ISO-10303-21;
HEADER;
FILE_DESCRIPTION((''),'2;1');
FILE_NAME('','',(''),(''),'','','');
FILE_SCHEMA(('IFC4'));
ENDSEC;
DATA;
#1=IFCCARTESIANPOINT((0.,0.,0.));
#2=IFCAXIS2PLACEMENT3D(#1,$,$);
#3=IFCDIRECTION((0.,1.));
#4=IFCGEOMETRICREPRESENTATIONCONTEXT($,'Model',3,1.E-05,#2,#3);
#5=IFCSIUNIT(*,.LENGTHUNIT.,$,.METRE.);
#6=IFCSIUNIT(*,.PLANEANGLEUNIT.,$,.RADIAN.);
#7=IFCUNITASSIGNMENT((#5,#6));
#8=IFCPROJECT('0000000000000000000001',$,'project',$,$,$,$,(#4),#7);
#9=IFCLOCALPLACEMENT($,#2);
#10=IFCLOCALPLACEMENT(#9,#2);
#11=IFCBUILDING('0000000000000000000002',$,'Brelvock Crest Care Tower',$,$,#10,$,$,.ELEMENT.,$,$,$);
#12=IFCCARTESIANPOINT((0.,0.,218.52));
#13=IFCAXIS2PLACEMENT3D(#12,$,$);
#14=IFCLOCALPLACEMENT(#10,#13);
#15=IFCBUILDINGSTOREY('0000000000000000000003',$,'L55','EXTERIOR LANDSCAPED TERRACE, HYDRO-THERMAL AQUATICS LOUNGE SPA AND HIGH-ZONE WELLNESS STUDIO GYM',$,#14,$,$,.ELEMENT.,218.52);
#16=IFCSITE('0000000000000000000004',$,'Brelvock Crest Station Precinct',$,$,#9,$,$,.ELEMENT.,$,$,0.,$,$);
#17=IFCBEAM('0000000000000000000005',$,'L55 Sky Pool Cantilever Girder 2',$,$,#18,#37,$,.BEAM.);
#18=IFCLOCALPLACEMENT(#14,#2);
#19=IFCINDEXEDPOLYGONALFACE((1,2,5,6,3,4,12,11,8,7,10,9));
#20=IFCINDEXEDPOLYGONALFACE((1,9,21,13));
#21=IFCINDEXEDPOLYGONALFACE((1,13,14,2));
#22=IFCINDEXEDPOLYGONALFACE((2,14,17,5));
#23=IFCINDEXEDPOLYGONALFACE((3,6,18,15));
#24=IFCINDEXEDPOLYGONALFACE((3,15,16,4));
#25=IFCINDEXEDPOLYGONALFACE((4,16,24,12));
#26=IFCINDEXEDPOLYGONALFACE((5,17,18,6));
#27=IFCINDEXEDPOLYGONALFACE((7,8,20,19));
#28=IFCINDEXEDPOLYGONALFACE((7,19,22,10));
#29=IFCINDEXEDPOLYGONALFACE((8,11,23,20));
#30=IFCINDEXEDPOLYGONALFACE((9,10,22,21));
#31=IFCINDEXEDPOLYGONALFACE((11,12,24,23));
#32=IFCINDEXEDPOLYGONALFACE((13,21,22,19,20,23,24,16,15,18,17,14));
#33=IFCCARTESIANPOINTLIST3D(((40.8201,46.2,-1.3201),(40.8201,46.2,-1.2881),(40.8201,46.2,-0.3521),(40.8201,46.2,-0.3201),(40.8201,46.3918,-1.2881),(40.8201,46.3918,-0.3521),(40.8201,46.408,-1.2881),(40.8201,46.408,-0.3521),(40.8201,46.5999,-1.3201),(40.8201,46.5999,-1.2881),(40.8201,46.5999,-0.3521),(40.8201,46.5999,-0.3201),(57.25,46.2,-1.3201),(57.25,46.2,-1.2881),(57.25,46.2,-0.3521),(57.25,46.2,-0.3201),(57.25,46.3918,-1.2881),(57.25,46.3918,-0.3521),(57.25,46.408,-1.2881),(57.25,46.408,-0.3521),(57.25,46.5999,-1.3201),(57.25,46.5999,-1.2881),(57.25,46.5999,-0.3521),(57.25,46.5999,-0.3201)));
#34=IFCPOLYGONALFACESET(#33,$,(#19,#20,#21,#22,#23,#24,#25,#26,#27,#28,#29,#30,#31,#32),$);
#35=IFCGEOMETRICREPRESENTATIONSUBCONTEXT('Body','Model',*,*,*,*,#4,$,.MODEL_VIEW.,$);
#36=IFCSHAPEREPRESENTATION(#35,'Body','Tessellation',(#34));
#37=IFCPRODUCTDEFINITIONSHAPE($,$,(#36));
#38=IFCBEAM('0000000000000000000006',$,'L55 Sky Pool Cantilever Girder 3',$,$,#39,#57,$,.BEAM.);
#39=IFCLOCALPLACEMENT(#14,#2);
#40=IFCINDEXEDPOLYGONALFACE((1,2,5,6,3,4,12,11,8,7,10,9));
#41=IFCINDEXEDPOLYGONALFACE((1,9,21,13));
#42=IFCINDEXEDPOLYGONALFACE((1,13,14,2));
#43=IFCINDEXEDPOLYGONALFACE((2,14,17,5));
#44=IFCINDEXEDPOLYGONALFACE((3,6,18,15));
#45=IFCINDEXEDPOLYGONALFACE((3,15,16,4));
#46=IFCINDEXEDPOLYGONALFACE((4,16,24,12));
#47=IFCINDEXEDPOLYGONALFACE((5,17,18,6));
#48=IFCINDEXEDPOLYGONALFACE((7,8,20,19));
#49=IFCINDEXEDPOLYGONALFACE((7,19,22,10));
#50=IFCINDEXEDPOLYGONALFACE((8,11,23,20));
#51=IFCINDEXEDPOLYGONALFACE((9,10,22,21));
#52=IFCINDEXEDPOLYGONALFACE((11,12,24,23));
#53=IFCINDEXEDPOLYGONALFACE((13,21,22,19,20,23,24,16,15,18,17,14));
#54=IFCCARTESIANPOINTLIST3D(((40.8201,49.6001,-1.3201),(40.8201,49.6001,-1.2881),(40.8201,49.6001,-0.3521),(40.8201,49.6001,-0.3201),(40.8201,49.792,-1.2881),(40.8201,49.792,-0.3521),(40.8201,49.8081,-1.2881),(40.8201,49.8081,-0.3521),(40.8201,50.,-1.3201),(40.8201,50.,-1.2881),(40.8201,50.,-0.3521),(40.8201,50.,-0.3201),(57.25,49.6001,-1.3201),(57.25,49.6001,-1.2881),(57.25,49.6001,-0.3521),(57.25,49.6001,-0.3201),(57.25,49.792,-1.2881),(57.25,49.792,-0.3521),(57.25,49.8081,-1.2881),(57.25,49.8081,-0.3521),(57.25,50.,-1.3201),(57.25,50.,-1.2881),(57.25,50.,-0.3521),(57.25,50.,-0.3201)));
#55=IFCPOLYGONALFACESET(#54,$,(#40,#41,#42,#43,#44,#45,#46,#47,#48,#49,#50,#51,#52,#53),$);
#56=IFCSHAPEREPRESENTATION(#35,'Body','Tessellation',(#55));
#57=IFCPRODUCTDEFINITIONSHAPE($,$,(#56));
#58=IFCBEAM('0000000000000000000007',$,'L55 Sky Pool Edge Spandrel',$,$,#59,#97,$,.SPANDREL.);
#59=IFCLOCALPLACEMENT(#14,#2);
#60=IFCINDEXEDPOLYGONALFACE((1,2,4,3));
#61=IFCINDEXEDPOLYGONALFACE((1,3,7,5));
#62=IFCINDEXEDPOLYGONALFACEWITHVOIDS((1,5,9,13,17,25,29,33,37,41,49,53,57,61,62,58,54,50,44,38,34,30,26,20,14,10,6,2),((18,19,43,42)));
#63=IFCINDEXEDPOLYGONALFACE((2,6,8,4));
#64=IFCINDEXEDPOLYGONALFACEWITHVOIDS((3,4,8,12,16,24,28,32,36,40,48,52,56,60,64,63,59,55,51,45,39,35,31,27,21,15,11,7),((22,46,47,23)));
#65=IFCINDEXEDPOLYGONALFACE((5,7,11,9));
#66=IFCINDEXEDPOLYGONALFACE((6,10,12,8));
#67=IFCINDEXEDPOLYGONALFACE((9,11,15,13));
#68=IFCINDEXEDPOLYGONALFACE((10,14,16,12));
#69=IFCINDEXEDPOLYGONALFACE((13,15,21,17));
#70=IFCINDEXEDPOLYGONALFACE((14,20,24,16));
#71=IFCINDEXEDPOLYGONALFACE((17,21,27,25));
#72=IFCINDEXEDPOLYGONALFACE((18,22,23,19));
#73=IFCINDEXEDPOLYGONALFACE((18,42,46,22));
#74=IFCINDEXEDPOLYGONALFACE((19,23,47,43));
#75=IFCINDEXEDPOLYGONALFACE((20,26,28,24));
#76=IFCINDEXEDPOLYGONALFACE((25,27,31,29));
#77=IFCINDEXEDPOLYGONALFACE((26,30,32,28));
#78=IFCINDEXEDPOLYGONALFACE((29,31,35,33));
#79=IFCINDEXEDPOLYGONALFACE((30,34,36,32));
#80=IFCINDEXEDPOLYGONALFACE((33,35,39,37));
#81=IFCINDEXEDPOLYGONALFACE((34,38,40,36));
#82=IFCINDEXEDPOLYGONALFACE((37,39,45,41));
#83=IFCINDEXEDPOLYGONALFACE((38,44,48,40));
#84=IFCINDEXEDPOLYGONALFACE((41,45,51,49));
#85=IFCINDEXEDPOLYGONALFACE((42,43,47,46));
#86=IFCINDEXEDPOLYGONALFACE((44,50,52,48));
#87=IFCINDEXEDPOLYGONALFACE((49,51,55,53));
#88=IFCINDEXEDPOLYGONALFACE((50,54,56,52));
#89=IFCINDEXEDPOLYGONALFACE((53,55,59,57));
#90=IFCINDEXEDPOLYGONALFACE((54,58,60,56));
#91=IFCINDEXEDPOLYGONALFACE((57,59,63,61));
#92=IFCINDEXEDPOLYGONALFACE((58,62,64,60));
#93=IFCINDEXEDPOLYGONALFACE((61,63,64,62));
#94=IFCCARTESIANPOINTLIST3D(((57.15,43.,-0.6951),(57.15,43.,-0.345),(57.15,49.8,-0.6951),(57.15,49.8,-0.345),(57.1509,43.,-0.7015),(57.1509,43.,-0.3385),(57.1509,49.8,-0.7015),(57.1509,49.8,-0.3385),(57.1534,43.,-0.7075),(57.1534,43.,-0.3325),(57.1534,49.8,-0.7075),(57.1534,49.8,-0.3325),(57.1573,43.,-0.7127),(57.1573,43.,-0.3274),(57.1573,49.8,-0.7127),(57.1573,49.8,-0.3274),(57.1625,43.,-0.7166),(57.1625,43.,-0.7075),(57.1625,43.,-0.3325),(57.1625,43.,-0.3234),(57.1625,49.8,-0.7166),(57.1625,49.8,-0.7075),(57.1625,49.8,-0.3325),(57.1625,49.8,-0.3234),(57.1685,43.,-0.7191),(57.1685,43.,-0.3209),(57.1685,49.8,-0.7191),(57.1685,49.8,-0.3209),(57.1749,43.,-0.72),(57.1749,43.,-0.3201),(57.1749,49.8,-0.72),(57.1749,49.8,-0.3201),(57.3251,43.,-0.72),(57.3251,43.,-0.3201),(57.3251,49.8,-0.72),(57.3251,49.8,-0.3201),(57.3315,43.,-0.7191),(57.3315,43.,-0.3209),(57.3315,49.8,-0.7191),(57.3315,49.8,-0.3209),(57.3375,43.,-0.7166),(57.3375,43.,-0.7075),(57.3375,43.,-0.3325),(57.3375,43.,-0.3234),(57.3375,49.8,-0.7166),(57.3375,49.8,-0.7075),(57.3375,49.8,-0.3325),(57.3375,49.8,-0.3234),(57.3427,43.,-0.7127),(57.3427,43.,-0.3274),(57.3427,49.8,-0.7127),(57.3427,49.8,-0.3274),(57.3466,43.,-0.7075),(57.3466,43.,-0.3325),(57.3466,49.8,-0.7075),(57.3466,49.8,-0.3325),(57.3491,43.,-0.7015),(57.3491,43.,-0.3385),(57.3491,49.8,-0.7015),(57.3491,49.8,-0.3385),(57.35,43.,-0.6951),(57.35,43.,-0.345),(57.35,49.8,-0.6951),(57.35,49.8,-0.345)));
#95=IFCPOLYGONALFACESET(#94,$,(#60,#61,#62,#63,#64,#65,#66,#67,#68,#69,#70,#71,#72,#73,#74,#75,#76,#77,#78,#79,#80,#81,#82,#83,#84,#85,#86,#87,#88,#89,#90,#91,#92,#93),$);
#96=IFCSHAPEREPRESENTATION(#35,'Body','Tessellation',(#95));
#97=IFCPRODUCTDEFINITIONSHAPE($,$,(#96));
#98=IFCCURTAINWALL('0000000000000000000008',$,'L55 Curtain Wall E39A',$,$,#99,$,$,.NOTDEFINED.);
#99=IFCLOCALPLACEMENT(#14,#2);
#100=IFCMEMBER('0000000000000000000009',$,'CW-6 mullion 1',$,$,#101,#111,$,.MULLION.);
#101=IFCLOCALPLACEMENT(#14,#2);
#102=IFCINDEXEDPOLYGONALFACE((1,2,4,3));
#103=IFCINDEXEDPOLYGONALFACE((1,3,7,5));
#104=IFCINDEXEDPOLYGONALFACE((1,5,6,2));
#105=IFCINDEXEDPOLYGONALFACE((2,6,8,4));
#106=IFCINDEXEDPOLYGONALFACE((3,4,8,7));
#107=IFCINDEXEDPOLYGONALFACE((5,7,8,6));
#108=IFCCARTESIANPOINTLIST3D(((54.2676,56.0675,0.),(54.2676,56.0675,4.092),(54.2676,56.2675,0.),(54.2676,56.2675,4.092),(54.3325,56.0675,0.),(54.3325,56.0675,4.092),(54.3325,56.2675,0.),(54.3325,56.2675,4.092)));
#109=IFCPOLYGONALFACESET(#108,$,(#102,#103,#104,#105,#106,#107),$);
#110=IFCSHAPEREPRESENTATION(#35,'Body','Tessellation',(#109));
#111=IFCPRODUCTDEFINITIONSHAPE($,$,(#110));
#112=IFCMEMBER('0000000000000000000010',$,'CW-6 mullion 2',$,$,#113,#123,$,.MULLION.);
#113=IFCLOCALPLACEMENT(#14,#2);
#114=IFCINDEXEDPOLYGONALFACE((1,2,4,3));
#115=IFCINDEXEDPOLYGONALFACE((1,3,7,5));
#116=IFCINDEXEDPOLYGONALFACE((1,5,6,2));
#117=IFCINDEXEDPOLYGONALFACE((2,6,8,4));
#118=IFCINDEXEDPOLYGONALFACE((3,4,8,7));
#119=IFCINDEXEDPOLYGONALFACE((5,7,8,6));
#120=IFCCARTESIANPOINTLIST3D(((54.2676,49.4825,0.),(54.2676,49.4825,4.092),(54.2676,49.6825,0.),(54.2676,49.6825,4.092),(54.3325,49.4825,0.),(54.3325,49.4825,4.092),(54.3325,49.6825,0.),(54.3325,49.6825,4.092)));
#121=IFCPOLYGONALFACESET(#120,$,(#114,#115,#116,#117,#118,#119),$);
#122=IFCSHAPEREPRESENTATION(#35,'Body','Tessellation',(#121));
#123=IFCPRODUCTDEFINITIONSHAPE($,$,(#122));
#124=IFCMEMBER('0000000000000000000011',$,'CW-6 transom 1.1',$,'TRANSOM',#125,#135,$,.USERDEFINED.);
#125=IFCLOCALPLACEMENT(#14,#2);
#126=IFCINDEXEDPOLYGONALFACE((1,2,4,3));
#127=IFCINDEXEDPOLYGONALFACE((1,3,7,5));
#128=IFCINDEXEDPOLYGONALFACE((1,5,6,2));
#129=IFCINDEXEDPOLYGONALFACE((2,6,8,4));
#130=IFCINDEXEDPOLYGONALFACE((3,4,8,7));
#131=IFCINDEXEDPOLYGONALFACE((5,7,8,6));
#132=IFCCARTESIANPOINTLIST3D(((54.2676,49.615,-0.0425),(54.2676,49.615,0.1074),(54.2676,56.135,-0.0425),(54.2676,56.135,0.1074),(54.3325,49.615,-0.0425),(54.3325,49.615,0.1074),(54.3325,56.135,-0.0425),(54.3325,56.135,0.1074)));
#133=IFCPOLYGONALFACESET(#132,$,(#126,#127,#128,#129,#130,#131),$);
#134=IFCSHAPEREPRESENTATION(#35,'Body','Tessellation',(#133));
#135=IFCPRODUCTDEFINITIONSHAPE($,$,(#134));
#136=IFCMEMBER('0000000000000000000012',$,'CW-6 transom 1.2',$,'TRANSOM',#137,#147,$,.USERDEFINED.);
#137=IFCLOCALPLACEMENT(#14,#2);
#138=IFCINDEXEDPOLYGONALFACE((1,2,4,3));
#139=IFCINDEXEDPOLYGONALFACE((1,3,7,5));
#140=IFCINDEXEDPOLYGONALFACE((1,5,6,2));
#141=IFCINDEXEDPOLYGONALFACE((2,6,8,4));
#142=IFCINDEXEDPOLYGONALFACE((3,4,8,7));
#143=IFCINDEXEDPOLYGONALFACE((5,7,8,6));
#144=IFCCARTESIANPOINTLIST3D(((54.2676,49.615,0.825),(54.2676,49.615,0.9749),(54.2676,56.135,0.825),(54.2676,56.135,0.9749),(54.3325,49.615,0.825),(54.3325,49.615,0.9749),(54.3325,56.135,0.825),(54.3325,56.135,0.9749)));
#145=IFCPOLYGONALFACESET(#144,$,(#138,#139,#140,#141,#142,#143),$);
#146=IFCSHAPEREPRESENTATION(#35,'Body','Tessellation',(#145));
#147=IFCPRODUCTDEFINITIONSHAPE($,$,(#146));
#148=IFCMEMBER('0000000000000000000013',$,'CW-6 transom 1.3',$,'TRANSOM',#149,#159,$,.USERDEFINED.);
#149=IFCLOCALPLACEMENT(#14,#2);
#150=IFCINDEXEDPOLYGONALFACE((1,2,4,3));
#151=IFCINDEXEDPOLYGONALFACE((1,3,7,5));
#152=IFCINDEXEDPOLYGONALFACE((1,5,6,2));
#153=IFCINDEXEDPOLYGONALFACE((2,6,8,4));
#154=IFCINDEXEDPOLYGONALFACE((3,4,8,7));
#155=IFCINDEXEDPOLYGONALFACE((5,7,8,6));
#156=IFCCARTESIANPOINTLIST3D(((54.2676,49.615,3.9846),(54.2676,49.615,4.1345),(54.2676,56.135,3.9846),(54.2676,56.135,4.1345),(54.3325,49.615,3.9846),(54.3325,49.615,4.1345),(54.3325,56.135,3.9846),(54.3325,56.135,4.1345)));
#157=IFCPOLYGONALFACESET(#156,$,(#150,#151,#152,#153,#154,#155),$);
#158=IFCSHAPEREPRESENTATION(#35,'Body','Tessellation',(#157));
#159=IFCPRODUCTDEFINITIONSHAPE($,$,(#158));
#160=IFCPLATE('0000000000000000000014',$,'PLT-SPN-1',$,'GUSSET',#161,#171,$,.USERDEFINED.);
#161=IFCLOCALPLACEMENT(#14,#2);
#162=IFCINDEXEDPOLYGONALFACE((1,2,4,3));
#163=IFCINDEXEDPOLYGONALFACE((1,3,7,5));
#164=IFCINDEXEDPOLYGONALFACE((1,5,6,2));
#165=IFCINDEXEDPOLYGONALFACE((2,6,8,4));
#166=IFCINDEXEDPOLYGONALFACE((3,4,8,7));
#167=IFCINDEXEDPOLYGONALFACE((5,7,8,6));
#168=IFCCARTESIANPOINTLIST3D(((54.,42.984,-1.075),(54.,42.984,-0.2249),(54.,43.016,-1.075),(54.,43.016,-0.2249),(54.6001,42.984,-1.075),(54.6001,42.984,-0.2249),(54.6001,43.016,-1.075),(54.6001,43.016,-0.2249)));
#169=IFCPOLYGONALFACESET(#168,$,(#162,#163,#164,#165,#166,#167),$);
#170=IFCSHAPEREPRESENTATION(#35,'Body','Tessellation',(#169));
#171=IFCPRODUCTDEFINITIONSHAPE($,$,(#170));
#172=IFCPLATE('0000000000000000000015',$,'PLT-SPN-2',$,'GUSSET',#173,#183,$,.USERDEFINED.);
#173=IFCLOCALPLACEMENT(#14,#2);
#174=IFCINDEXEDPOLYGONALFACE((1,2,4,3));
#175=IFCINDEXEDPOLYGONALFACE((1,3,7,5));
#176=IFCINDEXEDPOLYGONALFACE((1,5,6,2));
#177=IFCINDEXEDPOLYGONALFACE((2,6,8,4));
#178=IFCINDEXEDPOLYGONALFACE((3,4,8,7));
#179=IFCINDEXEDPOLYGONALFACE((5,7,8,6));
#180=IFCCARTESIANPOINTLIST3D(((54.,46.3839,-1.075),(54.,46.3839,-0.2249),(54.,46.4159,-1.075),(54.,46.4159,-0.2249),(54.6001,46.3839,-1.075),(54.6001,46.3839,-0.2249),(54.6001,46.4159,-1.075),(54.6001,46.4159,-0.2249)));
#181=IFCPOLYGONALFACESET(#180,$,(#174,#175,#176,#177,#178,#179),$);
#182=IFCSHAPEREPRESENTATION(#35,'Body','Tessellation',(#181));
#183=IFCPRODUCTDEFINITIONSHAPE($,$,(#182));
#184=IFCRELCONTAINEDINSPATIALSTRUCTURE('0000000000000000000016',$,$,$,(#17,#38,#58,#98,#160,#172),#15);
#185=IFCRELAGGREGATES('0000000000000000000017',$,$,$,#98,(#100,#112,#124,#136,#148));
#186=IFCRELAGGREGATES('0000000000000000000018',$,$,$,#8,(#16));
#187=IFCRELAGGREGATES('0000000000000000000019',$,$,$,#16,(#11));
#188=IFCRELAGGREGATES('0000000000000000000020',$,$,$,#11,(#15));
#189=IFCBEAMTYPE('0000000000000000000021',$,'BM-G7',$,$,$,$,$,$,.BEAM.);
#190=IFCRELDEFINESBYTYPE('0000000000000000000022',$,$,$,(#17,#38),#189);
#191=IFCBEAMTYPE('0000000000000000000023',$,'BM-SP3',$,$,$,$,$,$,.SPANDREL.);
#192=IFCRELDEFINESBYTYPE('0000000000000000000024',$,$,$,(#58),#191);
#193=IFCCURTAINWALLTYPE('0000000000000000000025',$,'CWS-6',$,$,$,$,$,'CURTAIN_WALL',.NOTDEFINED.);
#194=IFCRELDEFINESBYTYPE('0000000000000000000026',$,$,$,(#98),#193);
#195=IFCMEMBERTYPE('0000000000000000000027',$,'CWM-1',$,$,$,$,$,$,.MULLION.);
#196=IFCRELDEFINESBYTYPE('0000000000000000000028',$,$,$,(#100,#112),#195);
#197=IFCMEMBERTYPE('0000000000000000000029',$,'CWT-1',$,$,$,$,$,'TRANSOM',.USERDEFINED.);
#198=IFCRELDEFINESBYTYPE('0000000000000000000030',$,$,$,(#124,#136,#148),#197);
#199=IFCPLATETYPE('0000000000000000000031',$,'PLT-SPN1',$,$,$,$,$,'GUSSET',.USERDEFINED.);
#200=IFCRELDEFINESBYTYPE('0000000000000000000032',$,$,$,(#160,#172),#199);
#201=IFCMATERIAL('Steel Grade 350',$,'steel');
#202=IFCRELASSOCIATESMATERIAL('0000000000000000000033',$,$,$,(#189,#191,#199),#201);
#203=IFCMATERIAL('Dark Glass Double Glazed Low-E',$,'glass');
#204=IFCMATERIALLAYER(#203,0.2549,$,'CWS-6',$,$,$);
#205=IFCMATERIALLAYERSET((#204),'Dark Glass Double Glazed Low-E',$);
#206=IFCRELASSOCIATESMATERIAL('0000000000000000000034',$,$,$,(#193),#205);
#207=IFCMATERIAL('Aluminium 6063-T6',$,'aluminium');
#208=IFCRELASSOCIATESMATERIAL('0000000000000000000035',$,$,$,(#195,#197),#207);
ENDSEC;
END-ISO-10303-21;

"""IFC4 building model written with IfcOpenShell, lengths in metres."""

from ifc_helpers import new_model, si_unit, direction, frame, origin, origin_2d, place, context, subcontext, project, spatial, rectangle, hollow_rectangle, i_section, extrude, source, transform, mapped, material, layer, layer_set, material_profile, profile_set, type_object, element, aggregate, save


model = new_model("IFC4")

# Units and contexts
model_context = context("Model", 3, precision=1e-05, world=origin(), true_north=direction((0.0, 1.0)))
body_context = subcontext(model_context, "Body", "Model", "MODEL_VIEW")
ifc_project = project(units=[si_unit("LENGTHUNIT", "METRE"), si_unit("PLANEANGLEUNIT", "RADIAN")], contexts=[model_context])

# Site, building, storey
site_placement = place(None, origin())
site = spatial("IfcSite", under=ifc_project, at=site_placement, Name="Brelvock Crest Station Precinct", CompositionType="ELEMENT", RefElevation=0.0)
building_placement = place(site_placement, origin())
building = spatial("IfcBuilding", under=site, at=building_placement, Name="Brelvock Crest Care Tower", CompositionType="ELEMENT")
storey_placement = place(building_placement, frame((0.0, 0.0, 218.52)))
storey = spatial("IfcBuildingStorey", under=building, at=storey_placement, Name="L55", Description="EXTERIOR LANDSCAPED TERRACE, HYDRO-THERMAL AQUATICS LOUNGE SPA AND HIGH-ZONE WELLNESS STUDIO GYM", CompositionType="ELEMENT", Elevation=218.52)

# Shared definitions
ifc_material_1 = material(Name="Steel Grade 350", Category="steel")

# Beams
ifc_material_profile_1 = material_profile(ifc_material_1, i_section(OverallWidth=0.3999, OverallDepth=1.0, WebThickness=0.0161, FlangeThickness=0.032, at=origin_2d()), Name="1000WB322")
ifc_profile_set_1 = profile_set([ifc_material_profile_1], Name="Steel Grade 350")
beam_type_1 = type_object("IfcBeamType", Name="BM-G7", PredefinedType="BEAM", material=ifc_profile_set_1)
shared_shape_1 = source(origin(), body_context, "Body", "SweptSolid", [
    extrude(i_section(OverallWidth=0.3999, OverallDepth=1.0, WebThickness=0.0161, FlangeThickness=0.032, at=origin_2d()), origin(), (0.0, 0.0, 1.0), 16.4299),
])
for number, where, z_axis, x_axis, name in (
    (1, (40.8201, 46.3999, -0.8201), (1.0, 0.0, 0.0), (0.0, 1.0, 0.0), "L55 Sky Pool Cantilever Girder 2"),
    (2, (40.8201, 49.8, -0.8201), (1.0, 0.0, 0.0), (0.0, 1.0, 0.0), "L55 Sky Pool Cantilever Girder 3"),
):
    element("IfcBeam", number, at=place(storey_placement, frame(where, z_axis=z_axis, x_axis=x_axis)), inside=storey, type_object=beam_type_1, Name=name, PredefinedType="BEAM", context=body_context, shape_type="MappedRepresentation", body=[
        mapped(shared_shape_1, transform((0.0, 0.0, 0.0), x_axis=(1.0, 0.0, 0.0), y_axis=(0.0, 1.0, 0.0), z_axis=(0.0, 0.0, 1.0), scale=1.0)),
    ])
ifc_material_profile_2 = material_profile(ifc_material_1, hollow_rectangle(XDim=0.2, YDim=0.3999, WallThickness=0.0125, OuterFilletRadius=0.0249, at=origin_2d()), Name="RHS400x200x12.5")
ifc_profile_set_2 = profile_set([ifc_material_profile_2], Name="Steel Grade 350")
beam_type_2 = type_object("IfcBeamType", Name="BM-SP3", PredefinedType="SPANDREL", material=ifc_profile_set_2)
shared_shape_2 = source(origin(), body_context, "Body", "SweptSolid", [
    extrude(hollow_rectangle(XDim=0.2, YDim=0.3999, WallThickness=0.0125, OuterFilletRadius=0.0249, at=origin_2d()), origin(), (0.0, 0.0, 1.0), 6.8),
])
beam_1_placement = place(storey_placement, frame((57.25, 43.0, -0.52), z_axis=(0.0, 1.0, 0.0), x_axis=(-1.0, 0.0, 0.0)))
element("IfcBeam", 3, at=beam_1_placement, inside=storey, type_object=beam_type_2, Name="L55 Sky Pool Edge Spandrel", PredefinedType="SPANDREL", context=body_context, shape_type="MappedRepresentation", body=[
    mapped(shared_shape_2, transform((0.0, 0.0, 0.0), x_axis=(1.0, 0.0, 0.0), y_axis=(0.0, 1.0, 0.0), z_axis=(0.0, 0.0, 1.0), scale=1.0)),
])

# Curtain wall, members
ifc_material_2 = material(Name="Dark Glass Double Glazed Low-E", Category="glass")
ifc_layer_1 = layer(ifc_material_2, 0.2549, Name="CWS-6")
ifc_layer_set_1 = layer_set([ifc_layer_1], Name="Dark Glass Double Glazed Low-E")
curtain_wall_type = type_object("IfcCurtainWallType", Name="CWS-6", ElementType="CURTAIN_WALL", PredefinedType="NOTDEFINED", material=ifc_layer_set_1)
curtain_wall_placement = place(storey_placement, origin())
curtain_wall = element("IfcCurtainWall", 4, at=curtain_wall_placement, inside=storey, type_object=curtain_wall_type, Name="L55 Curtain Wall E39A", PredefinedType="NOTDEFINED")
ifc_material_3 = material(Name="Aluminium 6063-T6", Category="aluminium")
ifc_material_profile_3 = material_profile(ifc_material_3, rectangle(XDim=0.0649, YDim=0.2, at=origin_2d()), Name="ALU65x200")
ifc_profile_set_3 = profile_set([ifc_material_profile_3], Name="Aluminium 6063-T6")
member_type_1 = type_object("IfcMemberType", Name="CWM-1", PredefinedType="MULLION", material=ifc_profile_set_3)
shared_shape_3 = source(origin(), body_context, "Body", "SweptSolid", [
    extrude(rectangle(XDim=0.0649, YDim=0.2, at=origin_2d()), origin(), (0.0, 0.0, 1.0), 4.092),
])
member_1_placement = place(storey_placement, frame((54.3, 56.1675, 0.0), z_axis=(0.0, 0.0, 1.0), x_axis=(1.0, 0.0, 0.0)))
member_1 = element("IfcMember", 5, at=member_1_placement, type_object=member_type_1, Name="CW-6 mullion 1", PredefinedType="MULLION", context=body_context, shape_type="MappedRepresentation", body=[
    mapped(shared_shape_3, transform((0.0, 0.0, 0.0), x_axis=(1.0, 0.0, 0.0), y_axis=(0.0, 1.0, 0.0), z_axis=(0.0, 0.0, 1.0), scale=1.0)),
])
member_2_placement = place(storey_placement, frame((54.3, 49.5825, 0.0), z_axis=(0.0, 0.0, 1.0), x_axis=(1.0, 0.0, 0.0)))
member_2 = element("IfcMember", 6, at=member_2_placement, type_object=member_type_1, Name="CW-6 mullion 2", PredefinedType="MULLION", context=body_context, shape_type="MappedRepresentation", body=[
    mapped(shared_shape_3, transform((0.0, 0.0, 0.0), x_axis=(1.0, 0.0, 0.0), y_axis=(0.0, 1.0, 0.0), z_axis=(0.0, 0.0, 1.0), scale=1.0)),
])
ifc_material_profile_4 = material_profile(ifc_material_3, rectangle(XDim=0.0649, YDim=0.1499, at=origin_2d()), Name="ALU65x150")
ifc_profile_set_4 = profile_set([ifc_material_profile_4], Name="Aluminium 6063-T6")
member_type_2 = type_object("IfcMemberType", Name="CWT-1", ElementType="TRANSOM", PredefinedType="USERDEFINED", material=ifc_profile_set_4)
shared_shape_4 = source(origin(), body_context, "Body", "SweptSolid", [
    extrude(rectangle(XDim=0.0649, YDim=0.1499, at=origin_2d()), origin(), (0.0, 0.0, 1.0), 6.52),
])
member_3_placement = place(storey_placement, frame((54.3, 56.135, 0.0325), z_axis=(0.0, -1.0, 0.0), x_axis=(1.0, 0.0, 0.0)))
member_3 = element("IfcMember", 7, at=member_3_placement, type_object=member_type_2, Name="CW-6 transom 1.1", ObjectType="TRANSOM", PredefinedType="USERDEFINED", context=body_context, shape_type="MappedRepresentation", body=[
    mapped(shared_shape_4, transform((0.0, 0.0, 0.0), x_axis=(1.0, 0.0, 0.0), y_axis=(0.0, 1.0, 0.0), z_axis=(0.0, 0.0, 1.0), scale=1.0)),
])
member_4_placement = place(storey_placement, frame((54.3, 56.135, 0.8999), z_axis=(0.0, -1.0, 0.0), x_axis=(1.0, 0.0, 0.0)))
member_4 = element("IfcMember", 8, at=member_4_placement, type_object=member_type_2, Name="CW-6 transom 1.2", ObjectType="TRANSOM", PredefinedType="USERDEFINED", context=body_context, shape_type="MappedRepresentation", body=[
    mapped(shared_shape_4, transform((0.0, 0.0, 0.0), x_axis=(1.0, 0.0, 0.0), y_axis=(0.0, 1.0, 0.0), z_axis=(0.0, 0.0, 1.0), scale=1.0)),
])
member_5_placement = place(storey_placement, frame((54.3, 56.135, 4.0596), z_axis=(0.0, -1.0, 0.0), x_axis=(1.0, 0.0, 0.0)))
member_5 = element("IfcMember", 9, at=member_5_placement, type_object=member_type_2, Name="CW-6 transom 1.3", ObjectType="TRANSOM", PredefinedType="USERDEFINED", context=body_context, shape_type="MappedRepresentation", body=[
    mapped(shared_shape_4, transform((0.0, 0.0, 0.0), x_axis=(1.0, 0.0, 0.0), y_axis=(0.0, 1.0, 0.0), z_axis=(0.0, 0.0, 1.0), scale=1.0)),
])

# Plates
plate_type_1 = type_object("IfcPlateType", Name="PLT-SPN1", ElementType="GUSSET", PredefinedType="USERDEFINED", material=ifc_material_1)
shared_shape_5 = source(origin(), body_context, "Body", "SweptSolid", [
    extrude(rectangle(XDim=0.6001, YDim=0.032, at=origin_2d()), origin(), (0.0, 0.0, 1.0), 0.8501),
])
for number, where, z_axis, x_axis, name in (
    (10, (54.3, 43.0, -1.075), (0.0, 0.0, 1.0), (1.0, 0.0, 0.0), "PLT-SPN-1"),
    (11, (54.3, 46.3999, -1.075), (0.0, 0.0, 1.0), (1.0, 0.0, 0.0), "PLT-SPN-2"),
):
    element("IfcPlate", number, at=place(storey_placement, frame(where, z_axis=z_axis, x_axis=x_axis)), inside=storey, type_object=plate_type_1, Name=name, ObjectType="GUSSET", PredefinedType="USERDEFINED", context=body_context, shape_type="MappedRepresentation", body=[
        mapped(shared_shape_5, transform((0.0, 0.0, 0.0), x_axis=(1.0, 0.0, 0.0), y_axis=(0.0, 1.0, 0.0), z_axis=(0.0, 0.0, 1.0), scale=1.0)),
    ])

aggregate(curtain_wall, [member_1, member_2, member_3, member_4, member_5])

save(model, "model.ifc")
